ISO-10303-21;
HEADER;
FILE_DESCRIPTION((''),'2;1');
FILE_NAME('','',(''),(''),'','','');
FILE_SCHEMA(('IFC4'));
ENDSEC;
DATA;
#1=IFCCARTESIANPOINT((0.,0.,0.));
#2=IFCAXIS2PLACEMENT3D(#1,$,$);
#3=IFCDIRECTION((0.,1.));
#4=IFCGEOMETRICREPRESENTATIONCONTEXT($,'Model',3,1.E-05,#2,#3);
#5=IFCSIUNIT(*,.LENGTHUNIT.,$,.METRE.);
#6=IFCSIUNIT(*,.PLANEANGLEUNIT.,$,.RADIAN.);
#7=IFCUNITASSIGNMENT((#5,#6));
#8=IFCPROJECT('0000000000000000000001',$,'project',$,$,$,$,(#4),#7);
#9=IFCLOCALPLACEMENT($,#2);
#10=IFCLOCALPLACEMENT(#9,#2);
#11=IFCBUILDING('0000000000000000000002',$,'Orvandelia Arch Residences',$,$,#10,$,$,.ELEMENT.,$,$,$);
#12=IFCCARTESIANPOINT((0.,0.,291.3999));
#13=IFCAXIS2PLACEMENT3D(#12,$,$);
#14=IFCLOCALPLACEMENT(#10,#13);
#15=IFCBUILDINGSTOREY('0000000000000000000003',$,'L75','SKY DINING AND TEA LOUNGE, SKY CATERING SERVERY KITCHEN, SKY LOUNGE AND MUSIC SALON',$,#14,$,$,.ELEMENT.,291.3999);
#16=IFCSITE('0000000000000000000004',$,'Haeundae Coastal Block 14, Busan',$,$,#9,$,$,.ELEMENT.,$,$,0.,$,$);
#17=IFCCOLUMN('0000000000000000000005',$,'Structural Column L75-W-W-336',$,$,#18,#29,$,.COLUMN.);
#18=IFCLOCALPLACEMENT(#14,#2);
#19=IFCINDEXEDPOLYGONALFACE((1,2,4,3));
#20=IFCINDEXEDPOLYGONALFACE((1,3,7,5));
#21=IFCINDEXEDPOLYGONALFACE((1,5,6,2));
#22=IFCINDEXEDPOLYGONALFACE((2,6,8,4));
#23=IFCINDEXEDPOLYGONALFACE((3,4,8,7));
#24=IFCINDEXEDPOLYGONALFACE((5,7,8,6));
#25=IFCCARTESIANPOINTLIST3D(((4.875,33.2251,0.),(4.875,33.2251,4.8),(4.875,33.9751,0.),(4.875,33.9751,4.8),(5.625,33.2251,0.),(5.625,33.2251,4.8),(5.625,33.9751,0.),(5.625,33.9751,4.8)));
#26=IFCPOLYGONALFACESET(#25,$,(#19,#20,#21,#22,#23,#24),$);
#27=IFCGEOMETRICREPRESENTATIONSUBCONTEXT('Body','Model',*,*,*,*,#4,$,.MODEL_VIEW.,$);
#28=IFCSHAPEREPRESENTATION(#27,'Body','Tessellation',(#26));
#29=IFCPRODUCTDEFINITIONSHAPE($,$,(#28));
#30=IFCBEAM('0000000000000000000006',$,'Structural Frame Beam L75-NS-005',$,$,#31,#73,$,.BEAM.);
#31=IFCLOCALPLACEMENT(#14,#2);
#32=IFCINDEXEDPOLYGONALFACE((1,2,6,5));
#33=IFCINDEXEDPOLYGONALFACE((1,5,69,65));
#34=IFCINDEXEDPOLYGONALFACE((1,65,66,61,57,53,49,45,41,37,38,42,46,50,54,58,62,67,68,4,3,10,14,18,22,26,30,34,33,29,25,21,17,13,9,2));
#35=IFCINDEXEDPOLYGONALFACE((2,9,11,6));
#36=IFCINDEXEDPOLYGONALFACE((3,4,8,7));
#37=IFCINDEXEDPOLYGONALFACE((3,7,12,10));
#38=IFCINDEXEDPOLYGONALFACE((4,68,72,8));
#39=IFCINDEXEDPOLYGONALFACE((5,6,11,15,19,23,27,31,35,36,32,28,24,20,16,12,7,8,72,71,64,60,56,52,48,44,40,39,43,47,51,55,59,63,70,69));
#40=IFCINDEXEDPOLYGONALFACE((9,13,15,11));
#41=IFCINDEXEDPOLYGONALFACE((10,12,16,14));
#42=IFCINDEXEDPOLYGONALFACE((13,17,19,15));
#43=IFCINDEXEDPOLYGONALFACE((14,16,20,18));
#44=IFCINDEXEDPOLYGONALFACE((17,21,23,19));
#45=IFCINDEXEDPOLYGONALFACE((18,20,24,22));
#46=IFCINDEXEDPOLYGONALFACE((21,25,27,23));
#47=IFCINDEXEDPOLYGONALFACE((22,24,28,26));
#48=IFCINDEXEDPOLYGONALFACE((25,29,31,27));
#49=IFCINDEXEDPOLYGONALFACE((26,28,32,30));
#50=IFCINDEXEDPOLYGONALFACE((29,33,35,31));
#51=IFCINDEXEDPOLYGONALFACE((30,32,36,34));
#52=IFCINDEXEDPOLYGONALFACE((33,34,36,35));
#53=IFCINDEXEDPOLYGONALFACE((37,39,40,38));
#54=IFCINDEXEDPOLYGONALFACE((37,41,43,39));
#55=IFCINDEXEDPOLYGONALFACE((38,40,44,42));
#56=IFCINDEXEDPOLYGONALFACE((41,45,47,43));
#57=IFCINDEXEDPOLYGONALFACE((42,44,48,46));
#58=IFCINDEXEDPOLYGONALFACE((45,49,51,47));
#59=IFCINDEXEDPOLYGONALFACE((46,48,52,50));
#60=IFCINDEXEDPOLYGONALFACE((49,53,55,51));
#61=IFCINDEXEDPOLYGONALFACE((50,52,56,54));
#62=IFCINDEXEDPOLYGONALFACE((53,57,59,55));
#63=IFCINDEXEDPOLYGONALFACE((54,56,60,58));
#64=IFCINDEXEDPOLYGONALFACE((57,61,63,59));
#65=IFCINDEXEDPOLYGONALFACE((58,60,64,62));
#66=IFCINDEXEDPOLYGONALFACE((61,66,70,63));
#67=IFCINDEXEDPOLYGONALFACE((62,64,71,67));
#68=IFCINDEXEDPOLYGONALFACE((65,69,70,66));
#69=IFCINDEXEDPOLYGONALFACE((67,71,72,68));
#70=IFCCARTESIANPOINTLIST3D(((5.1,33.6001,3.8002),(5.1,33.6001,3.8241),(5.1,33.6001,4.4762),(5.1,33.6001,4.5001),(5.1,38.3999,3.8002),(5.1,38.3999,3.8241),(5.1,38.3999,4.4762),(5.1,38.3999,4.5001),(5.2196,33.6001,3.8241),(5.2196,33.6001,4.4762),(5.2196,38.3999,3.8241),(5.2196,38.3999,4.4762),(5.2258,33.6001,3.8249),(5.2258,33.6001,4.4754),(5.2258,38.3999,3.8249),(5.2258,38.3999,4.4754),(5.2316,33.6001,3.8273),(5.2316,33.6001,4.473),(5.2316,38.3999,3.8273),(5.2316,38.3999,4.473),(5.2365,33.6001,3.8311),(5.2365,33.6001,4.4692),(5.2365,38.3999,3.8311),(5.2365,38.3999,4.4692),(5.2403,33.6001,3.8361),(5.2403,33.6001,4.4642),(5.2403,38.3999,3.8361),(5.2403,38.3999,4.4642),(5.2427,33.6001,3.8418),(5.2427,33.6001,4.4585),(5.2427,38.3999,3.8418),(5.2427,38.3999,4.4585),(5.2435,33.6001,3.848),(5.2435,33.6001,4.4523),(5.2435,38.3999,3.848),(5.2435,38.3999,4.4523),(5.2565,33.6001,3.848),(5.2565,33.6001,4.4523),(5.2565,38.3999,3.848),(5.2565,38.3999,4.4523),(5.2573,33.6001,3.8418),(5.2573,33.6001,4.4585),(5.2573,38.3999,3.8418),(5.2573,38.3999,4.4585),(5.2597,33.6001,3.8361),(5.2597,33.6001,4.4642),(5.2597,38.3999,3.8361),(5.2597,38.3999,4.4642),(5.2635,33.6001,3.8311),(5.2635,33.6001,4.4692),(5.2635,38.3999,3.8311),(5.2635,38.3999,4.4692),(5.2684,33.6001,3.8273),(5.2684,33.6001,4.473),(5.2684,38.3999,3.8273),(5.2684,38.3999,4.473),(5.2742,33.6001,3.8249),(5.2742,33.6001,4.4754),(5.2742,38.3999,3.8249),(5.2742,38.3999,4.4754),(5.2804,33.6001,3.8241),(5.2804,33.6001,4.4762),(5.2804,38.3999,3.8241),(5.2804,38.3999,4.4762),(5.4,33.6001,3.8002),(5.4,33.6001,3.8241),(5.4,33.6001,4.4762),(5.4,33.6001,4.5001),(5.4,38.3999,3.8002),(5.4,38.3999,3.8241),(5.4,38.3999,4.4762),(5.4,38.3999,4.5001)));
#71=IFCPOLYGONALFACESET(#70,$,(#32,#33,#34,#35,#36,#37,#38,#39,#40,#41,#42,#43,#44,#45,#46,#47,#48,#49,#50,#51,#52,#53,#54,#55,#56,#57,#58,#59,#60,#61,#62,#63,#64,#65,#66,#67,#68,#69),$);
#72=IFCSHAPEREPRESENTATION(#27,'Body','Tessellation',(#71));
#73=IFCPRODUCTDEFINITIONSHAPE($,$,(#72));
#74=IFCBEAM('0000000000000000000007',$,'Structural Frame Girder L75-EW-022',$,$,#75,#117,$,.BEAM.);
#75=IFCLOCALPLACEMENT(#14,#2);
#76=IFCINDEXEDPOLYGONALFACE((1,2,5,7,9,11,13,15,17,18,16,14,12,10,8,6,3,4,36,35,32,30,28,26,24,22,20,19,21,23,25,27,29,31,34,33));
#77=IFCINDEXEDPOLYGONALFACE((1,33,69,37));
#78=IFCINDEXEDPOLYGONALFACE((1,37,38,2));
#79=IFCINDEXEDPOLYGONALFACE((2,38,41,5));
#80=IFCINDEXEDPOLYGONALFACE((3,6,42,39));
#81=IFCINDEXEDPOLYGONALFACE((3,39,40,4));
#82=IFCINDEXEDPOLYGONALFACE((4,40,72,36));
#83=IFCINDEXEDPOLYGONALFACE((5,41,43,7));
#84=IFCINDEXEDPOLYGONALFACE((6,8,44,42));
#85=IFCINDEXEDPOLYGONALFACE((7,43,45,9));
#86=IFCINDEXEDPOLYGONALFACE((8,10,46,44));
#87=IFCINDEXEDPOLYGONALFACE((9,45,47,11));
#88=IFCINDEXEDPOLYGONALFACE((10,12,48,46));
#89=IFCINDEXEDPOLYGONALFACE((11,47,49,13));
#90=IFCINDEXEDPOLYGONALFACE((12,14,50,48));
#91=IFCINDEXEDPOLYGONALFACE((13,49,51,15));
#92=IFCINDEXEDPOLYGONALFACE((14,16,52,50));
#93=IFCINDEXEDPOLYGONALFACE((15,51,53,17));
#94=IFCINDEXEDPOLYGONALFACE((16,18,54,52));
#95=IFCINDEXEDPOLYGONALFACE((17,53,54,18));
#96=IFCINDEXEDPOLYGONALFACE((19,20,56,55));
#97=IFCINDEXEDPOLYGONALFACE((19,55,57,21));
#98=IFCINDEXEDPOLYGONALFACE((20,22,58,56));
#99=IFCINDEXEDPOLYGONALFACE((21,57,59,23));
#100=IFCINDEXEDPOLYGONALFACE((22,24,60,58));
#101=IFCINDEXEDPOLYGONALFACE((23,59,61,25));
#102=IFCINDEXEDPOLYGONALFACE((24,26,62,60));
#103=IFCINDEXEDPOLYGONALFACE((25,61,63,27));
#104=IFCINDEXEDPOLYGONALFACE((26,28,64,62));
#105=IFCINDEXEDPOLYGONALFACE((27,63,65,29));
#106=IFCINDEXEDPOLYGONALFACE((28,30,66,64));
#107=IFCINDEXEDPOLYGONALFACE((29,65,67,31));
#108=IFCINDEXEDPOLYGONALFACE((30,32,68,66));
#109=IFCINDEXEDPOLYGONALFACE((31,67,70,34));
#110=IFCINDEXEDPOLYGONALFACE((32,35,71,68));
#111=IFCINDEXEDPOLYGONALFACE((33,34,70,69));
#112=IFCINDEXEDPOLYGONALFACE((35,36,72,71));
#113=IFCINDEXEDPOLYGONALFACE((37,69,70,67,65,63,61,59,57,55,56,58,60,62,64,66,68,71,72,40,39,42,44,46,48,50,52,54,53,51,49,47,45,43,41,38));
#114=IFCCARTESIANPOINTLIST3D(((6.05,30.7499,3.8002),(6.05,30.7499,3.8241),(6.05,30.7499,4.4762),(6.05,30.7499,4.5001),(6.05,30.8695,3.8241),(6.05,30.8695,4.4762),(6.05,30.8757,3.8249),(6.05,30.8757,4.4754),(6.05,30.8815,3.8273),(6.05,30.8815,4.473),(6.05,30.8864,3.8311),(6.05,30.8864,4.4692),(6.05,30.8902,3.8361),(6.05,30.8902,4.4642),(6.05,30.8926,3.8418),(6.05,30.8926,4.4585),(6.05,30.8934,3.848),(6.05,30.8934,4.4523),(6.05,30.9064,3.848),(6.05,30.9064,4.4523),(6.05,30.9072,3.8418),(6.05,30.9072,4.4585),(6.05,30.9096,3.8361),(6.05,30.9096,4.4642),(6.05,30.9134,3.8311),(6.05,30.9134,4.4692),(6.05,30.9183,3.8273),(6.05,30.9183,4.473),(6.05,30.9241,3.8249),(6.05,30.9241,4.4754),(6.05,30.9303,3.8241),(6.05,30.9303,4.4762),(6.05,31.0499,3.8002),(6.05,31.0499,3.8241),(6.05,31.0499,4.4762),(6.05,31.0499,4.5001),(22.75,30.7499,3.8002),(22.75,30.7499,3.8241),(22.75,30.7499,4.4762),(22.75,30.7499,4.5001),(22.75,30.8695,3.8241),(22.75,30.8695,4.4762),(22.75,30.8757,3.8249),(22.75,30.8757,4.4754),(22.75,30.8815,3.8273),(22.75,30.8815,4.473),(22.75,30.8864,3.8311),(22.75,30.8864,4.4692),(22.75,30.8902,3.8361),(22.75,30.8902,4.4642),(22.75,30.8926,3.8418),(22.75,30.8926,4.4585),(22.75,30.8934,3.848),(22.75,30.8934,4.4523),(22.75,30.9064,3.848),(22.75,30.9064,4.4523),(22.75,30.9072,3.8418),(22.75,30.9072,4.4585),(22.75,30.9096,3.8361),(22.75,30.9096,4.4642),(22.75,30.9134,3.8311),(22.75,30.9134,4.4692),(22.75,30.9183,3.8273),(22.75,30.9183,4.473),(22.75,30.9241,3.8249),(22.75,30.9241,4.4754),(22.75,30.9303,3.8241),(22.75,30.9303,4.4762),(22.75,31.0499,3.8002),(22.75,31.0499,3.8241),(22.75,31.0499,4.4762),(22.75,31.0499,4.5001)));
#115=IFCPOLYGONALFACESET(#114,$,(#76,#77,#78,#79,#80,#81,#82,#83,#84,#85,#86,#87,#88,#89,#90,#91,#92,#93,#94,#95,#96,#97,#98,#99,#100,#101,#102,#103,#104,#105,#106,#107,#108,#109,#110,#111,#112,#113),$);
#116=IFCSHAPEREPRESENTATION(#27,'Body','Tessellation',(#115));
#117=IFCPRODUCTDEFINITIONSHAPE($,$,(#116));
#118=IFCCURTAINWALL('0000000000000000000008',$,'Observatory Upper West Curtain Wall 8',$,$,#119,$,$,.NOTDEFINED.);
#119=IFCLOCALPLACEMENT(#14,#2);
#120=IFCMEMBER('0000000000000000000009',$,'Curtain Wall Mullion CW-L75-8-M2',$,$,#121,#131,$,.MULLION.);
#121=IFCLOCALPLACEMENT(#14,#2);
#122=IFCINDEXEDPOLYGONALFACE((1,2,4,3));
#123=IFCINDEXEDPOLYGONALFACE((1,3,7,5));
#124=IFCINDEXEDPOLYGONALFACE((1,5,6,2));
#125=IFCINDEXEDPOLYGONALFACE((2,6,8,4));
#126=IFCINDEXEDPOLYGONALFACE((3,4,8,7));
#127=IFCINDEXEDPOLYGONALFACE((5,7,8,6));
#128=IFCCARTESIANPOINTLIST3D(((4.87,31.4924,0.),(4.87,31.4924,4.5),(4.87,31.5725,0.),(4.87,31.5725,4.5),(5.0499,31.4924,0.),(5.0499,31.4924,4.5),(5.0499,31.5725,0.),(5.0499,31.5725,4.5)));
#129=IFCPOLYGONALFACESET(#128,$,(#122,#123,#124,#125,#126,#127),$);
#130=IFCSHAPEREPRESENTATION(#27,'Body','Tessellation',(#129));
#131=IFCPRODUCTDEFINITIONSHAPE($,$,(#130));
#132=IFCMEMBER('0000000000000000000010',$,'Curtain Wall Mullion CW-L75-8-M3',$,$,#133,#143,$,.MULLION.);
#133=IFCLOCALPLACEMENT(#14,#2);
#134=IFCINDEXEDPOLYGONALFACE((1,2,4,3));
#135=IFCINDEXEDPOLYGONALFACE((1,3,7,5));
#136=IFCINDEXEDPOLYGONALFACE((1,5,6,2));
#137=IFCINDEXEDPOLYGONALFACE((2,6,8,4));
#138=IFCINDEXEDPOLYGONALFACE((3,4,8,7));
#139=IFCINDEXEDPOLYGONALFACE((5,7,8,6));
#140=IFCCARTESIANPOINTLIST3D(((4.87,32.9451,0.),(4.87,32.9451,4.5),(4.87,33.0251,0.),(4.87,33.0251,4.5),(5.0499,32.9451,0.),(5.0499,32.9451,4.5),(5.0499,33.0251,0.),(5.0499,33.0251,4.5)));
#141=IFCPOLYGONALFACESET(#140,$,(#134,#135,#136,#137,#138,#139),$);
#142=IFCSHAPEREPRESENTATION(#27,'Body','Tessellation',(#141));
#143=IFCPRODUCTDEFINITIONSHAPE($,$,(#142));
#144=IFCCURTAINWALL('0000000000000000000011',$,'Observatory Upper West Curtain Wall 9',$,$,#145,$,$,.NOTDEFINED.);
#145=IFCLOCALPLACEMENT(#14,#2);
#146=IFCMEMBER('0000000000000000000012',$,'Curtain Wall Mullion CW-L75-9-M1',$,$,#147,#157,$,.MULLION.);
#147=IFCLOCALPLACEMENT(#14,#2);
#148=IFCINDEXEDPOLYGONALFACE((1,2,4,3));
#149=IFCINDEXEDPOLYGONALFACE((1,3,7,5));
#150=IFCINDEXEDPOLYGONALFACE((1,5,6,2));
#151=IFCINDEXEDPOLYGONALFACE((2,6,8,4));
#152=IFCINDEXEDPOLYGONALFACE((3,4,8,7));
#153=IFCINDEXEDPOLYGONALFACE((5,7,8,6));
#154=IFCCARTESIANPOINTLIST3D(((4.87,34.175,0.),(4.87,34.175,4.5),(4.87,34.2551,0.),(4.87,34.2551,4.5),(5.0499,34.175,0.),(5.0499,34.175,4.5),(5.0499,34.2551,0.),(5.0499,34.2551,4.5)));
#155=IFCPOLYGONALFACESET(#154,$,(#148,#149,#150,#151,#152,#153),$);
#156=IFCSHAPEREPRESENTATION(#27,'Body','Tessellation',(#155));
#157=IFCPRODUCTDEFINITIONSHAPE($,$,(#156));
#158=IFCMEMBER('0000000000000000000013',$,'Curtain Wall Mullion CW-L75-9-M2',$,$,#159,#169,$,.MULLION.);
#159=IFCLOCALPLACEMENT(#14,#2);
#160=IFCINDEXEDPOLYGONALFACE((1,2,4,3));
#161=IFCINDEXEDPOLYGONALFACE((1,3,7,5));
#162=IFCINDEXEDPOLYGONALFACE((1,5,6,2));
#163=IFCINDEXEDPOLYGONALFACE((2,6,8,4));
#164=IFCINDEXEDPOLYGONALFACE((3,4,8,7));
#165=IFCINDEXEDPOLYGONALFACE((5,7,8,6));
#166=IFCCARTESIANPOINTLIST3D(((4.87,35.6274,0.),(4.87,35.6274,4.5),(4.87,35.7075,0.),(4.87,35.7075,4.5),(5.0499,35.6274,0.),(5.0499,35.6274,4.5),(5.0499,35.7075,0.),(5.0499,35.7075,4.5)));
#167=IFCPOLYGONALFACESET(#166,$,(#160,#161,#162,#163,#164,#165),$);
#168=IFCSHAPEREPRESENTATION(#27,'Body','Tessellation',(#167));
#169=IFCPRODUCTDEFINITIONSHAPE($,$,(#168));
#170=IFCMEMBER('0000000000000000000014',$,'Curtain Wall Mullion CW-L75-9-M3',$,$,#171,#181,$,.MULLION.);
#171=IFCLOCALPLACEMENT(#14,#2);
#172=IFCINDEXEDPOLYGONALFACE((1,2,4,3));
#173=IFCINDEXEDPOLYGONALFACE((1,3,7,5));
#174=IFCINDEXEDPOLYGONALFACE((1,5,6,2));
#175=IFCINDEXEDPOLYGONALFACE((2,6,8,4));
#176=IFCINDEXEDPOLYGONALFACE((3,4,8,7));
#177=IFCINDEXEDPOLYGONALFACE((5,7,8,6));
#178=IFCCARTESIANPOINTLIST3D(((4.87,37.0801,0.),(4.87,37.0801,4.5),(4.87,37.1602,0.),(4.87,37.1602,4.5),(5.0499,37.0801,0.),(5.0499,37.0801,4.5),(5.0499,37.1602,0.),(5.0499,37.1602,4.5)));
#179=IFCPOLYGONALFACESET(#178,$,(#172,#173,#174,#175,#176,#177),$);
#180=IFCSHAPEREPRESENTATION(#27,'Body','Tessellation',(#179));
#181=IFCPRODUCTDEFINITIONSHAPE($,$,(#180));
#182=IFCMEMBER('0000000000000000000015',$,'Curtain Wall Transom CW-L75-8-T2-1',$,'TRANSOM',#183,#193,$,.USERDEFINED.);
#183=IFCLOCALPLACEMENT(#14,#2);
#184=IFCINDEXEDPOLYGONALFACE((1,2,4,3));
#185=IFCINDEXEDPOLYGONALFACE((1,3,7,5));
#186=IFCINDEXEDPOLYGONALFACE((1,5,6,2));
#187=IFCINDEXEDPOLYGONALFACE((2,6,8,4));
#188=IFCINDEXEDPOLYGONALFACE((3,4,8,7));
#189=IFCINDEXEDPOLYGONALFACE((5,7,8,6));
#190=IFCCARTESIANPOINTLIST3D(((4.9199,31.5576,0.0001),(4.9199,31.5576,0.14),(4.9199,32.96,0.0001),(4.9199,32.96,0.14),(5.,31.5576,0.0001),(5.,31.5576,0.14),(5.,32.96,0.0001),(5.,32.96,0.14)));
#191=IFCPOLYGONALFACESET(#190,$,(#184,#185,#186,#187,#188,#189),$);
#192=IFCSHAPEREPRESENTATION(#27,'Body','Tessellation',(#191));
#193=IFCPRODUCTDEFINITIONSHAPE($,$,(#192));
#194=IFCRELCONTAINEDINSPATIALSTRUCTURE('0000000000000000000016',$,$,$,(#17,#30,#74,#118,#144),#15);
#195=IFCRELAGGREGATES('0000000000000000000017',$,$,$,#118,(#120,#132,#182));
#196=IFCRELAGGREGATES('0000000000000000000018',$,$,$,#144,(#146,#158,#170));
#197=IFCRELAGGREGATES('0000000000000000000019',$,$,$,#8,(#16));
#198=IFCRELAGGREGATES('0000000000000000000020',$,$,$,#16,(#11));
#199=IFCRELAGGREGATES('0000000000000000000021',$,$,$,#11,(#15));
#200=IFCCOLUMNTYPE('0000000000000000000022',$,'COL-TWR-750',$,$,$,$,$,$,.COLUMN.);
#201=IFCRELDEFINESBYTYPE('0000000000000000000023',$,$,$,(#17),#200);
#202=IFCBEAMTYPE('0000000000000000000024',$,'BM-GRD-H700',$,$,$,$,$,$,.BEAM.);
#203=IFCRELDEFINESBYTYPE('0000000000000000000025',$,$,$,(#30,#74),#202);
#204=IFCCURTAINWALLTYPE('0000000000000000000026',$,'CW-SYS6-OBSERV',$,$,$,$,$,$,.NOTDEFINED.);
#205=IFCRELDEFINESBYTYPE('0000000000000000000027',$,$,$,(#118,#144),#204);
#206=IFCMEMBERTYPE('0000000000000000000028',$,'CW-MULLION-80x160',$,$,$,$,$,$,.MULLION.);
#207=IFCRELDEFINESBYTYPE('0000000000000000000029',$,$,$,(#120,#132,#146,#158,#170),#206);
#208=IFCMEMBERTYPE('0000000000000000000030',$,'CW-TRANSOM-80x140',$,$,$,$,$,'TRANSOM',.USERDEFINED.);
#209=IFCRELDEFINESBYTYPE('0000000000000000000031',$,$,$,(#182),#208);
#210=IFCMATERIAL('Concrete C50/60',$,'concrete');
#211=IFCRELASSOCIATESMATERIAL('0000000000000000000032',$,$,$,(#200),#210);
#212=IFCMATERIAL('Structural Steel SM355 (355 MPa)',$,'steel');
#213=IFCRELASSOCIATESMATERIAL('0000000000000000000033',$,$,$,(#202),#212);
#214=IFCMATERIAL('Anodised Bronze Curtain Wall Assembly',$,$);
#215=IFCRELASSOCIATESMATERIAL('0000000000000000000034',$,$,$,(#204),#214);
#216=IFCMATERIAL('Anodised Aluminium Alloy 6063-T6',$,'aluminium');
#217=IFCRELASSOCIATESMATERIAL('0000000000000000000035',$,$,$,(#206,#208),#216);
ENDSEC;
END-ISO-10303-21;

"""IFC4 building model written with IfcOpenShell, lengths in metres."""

from ifc_helpers import new_model, si_unit, direction, frame, origin, origin_2d, place, context, subcontext, project, spatial, rectangle, i_section, extrude, material, material_profile, profile_set, type_object, element, aggregate, save


model = new_model("IFC4")

# Units and contexts
model_context = context("Model", 3, precision=1e-05, world=origin(), true_north=direction((0.0, 1.0)))
body_context = subcontext(model_context, "Body", "Model", "MODEL_VIEW")
ifc_project = project(units=[si_unit("LENGTHUNIT", "METRE"), si_unit("PLANEANGLEUNIT", "RADIAN")], contexts=[model_context])

# Site, building, storey
site_placement = place(None, origin())
site = spatial("IfcSite", under=ifc_project, at=site_placement, Name="Haeundae Coastal Block 14, Busan", CompositionType="ELEMENT", RefElevation=0.0)
building_placement = place(site_placement, origin())
building = spatial("IfcBuilding", under=site, at=building_placement, Name="Orvandelia Arch Residences", CompositionType="ELEMENT")
storey_placement = place(building_placement, frame((0.0, 0.0, 291.3999)))
storey = spatial("IfcBuildingStorey", under=building, at=storey_placement, Name="L75", Description="SKY DINING AND TEA LOUNGE, SKY CATERING SERVERY KITCHEN, SKY LOUNGE AND MUSIC SALON", CompositionType="ELEMENT", Elevation=291.3999)

# Column
ifc_material_1 = material(Name="Concrete C50/60", Category="concrete")
ifc_material_profile_1 = material_profile(ifc_material_1, rectangle(XDim=0.75, YDim=0.75, at=origin_2d()), Name="Concrete C50/60", Category="concrete")
ifc_profile_set_1 = profile_set([ifc_material_profile_1], Name="Concrete C50/60")
column_type = type_object("IfcColumnType", Name="COL-TWR-750", PredefinedType="COLUMN", material=ifc_profile_set_1)
column_placement = place(storey_placement, frame((5.25, 33.6001, 0.0), z_axis=(0.0, 0.0, 1.0), x_axis=(1.0, 0.0, 0.0)))
element("IfcColumn", 1, at=column_placement, inside=storey, type_object=column_type, Name="Structural Column L75-W-W-336", PredefinedType="COLUMN", context=body_context, shape_type="SweptSolid", body=[
    extrude(rectangle(XDim=0.75, YDim=0.75, at=origin_2d()), origin(), (0.0, 0.0, 1.0), 4.8),
])

# Beams
ifc_material_2 = material(Name="Structural Steel SM355 (355 MPa)", Category="steel")
ifc_material_profile_2 = material_profile(ifc_material_2, i_section(OverallWidth=0.3, OverallDepth=0.7, WebThickness=0.0129, FlangeThickness=0.0239, FilletRadius=0.0239, at=origin_2d()), Name="Structural Steel SM355 (355 MPa)", Category="steel")
ifc_profile_set_2 = profile_set([ifc_material_profile_2], Name="Structural Steel SM355 (355 MPa)")
beam_type = type_object("IfcBeamType", Name="BM-GRD-H700", PredefinedType="BEAM", material=ifc_profile_set_2)
beam_1_placement = place(storey_placement, frame((5.25, 33.6001, 4.1501), z_axis=(0.0, 1.0, 0.0), x_axis=(-1.0, 0.0, 0.0)))
element("IfcBeam", 2, at=beam_1_placement, inside=storey, type_object=beam_type, Name="Structural Frame Beam L75-NS-005", PredefinedType="BEAM", context=body_context, shape_type="SweptSolid", body=[
    extrude(i_section(OverallWidth=0.3, OverallDepth=0.7, WebThickness=0.0129, FlangeThickness=0.0239, FilletRadius=0.0239, at=origin_2d()), origin(), (0.0, 0.0, 1.0), 4.7998),
])
beam_2_placement = place(storey_placement, frame((6.05, 30.8999, 4.1501), z_axis=(1.0, 0.0, 0.0), x_axis=(0.0, 1.0, 0.0)))
element("IfcBeam", 3, at=beam_2_placement, inside=storey, type_object=beam_type, Name="Structural Frame Girder L75-EW-022", PredefinedType="BEAM", context=body_context, shape_type="SweptSolid", body=[
    extrude(i_section(OverallWidth=0.3, OverallDepth=0.7, WebThickness=0.0129, FlangeThickness=0.0239, FilletRadius=0.0239, at=origin_2d()), origin(), (0.0, 0.0, 1.0), 16.7),
])

# Curtain walls, members
ifc_material_3 = material(Name="Anodised Bronze Curtain Wall Assembly")
curtain_wall_type = type_object("IfcCurtainWallType", Name="CW-SYS6-OBSERV", PredefinedType="NOTDEFINED", material=ifc_material_3)
curtain_wall_1_placement = place(storey_placement, origin())
curtain_wall_1 = element("IfcCurtainWall", 4, at=curtain_wall_1_placement, inside=storey, type_object=curtain_wall_type, Name="Observatory Upper West Curtain Wall 8", PredefinedType="NOTDEFINED")
ifc_material_4 = material(Name="Anodised Aluminium Alloy 6063-T6", Category="aluminium")
ifc_material_profile_3 = material_profile(ifc_material_4, rectangle(XDim=0.0801, YDim=0.1799, at=origin_2d()), Name="Anodised Aluminium Alloy 6063-T6", Category="aluminium")
ifc_profile_set_3 = profile_set([ifc_material_profile_3], Name="Anodised Aluminium Alloy 6063-T6")
member_type_1 = type_object("IfcMemberType", Name="CW-MULLION-80x160", PredefinedType="MULLION", material=ifc_profile_set_3)
member_1_placement = place(storey_placement, frame((4.96, 31.5325, 0.0), z_axis=(0.0, 0.0, 1.0), x_axis=(0.0, 1.0, 0.0)))
member_1 = element("IfcMember", 5, at=member_1_placement, type_object=member_type_1, Name="Curtain Wall Mullion CW-L75-8-M2", PredefinedType="MULLION", context=body_context, shape_type="SweptSolid", body=[
    extrude(rectangle(XDim=0.0801, YDim=0.1799, at=origin_2d()), origin(), (0.0, 0.0, 1.0), 4.5),
])
member_2_placement = place(storey_placement, frame((4.96, 32.9851, 0.0), z_axis=(0.0, 0.0, 1.0), x_axis=(0.0, 1.0, 0.0)))
member_2 = element("IfcMember", 6, at=member_2_placement, type_object=member_type_1, Name="Curtain Wall Mullion CW-L75-8-M3", PredefinedType="MULLION", context=body_context, shape_type="SweptSolid", body=[
    extrude(rectangle(XDim=0.0801, YDim=0.1799, at=origin_2d()), origin(), (0.0, 0.0, 1.0), 4.5),
])
curtain_wall_2_placement = place(storey_placement, origin())
curtain_wall_2 = element("IfcCurtainWall", 7, at=curtain_wall_2_placement, inside=storey, type_object=curtain_wall_type, Name="Observatory Upper West Curtain Wall 9", PredefinedType="NOTDEFINED")
member_3_placement = place(storey_placement, frame((4.96, 34.2151, 0.0), z_axis=(0.0, 0.0, 1.0), x_axis=(0.0, 1.0, 0.0)))
member_3 = element("IfcMember", 8, at=member_3_placement, type_object=member_type_1, Name="Curtain Wall Mullion CW-L75-9-M1", PredefinedType="MULLION", context=body_context, shape_type="SweptSolid", body=[
    extrude(rectangle(XDim=0.0801, YDim=0.1799, at=origin_2d()), origin(), (0.0, 0.0, 1.0), 4.5),
])
member_4_placement = place(storey_placement, frame((4.96, 35.6675, 0.0), z_axis=(0.0, 0.0, 1.0), x_axis=(0.0, 1.0, 0.0)))
member_4 = element("IfcMember", 9, at=member_4_placement, type_object=member_type_1, Name="Curtain Wall Mullion CW-L75-9-M2", PredefinedType="MULLION", context=body_context, shape_type="SweptSolid", body=[
    extrude(rectangle(XDim=0.0801, YDim=0.1799, at=origin_2d()), origin(), (0.0, 0.0, 1.0), 4.5),
])
member_5_placement = place(storey_placement, frame((4.96, 37.1201, 0.0), z_axis=(0.0, 0.0, 1.0), x_axis=(0.0, 1.0, 0.0)))
member_5 = element("IfcMember", 10, at=member_5_placement, type_object=member_type_1, Name="Curtain Wall Mullion CW-L75-9-M3", PredefinedType="MULLION", context=body_context, shape_type="SweptSolid", body=[
    extrude(rectangle(XDim=0.0801, YDim=0.1799, at=origin_2d()), origin(), (0.0, 0.0, 1.0), 4.5),
])

# Member
ifc_material_profile_4 = material_profile(ifc_material_4, rectangle(XDim=0.0801, YDim=0.1399, at=origin_2d()), Name="Anodised Aluminium Alloy 6063-T6", Category="aluminium")
ifc_profile_set_4 = profile_set([ifc_material_profile_4], Name="Anodised Aluminium Alloy 6063-T6")
member_type_2 = type_object("IfcMemberType", Name="CW-TRANSOM-80x140", ElementType="TRANSOM", PredefinedType="USERDEFINED", material=ifc_profile_set_4)
member_6_placement = place(storey_placement, frame((4.96, 31.5576, 0.0701), z_axis=(0.0, 1.0, 0.0), x_axis=(-1.0, 0.0, 0.0)))
member_6 = element("IfcMember", 11, at=member_6_placement, type_object=member_type_2, Name="Curtain Wall Transom CW-L75-8-T2-1", ObjectType="TRANSOM", PredefinedType="USERDEFINED", context=body_context, shape_type="SweptSolid", body=[
    extrude(rectangle(XDim=0.0801, YDim=0.1399, at=origin_2d()), origin(), (0.0, 0.0, 1.0), 1.4023),
])

aggregate(curtain_wall_1, [member_1, member_2, member_6])
aggregate(curtain_wall_2, [member_3, member_4, member_5])

save(model, "model.ifc")
